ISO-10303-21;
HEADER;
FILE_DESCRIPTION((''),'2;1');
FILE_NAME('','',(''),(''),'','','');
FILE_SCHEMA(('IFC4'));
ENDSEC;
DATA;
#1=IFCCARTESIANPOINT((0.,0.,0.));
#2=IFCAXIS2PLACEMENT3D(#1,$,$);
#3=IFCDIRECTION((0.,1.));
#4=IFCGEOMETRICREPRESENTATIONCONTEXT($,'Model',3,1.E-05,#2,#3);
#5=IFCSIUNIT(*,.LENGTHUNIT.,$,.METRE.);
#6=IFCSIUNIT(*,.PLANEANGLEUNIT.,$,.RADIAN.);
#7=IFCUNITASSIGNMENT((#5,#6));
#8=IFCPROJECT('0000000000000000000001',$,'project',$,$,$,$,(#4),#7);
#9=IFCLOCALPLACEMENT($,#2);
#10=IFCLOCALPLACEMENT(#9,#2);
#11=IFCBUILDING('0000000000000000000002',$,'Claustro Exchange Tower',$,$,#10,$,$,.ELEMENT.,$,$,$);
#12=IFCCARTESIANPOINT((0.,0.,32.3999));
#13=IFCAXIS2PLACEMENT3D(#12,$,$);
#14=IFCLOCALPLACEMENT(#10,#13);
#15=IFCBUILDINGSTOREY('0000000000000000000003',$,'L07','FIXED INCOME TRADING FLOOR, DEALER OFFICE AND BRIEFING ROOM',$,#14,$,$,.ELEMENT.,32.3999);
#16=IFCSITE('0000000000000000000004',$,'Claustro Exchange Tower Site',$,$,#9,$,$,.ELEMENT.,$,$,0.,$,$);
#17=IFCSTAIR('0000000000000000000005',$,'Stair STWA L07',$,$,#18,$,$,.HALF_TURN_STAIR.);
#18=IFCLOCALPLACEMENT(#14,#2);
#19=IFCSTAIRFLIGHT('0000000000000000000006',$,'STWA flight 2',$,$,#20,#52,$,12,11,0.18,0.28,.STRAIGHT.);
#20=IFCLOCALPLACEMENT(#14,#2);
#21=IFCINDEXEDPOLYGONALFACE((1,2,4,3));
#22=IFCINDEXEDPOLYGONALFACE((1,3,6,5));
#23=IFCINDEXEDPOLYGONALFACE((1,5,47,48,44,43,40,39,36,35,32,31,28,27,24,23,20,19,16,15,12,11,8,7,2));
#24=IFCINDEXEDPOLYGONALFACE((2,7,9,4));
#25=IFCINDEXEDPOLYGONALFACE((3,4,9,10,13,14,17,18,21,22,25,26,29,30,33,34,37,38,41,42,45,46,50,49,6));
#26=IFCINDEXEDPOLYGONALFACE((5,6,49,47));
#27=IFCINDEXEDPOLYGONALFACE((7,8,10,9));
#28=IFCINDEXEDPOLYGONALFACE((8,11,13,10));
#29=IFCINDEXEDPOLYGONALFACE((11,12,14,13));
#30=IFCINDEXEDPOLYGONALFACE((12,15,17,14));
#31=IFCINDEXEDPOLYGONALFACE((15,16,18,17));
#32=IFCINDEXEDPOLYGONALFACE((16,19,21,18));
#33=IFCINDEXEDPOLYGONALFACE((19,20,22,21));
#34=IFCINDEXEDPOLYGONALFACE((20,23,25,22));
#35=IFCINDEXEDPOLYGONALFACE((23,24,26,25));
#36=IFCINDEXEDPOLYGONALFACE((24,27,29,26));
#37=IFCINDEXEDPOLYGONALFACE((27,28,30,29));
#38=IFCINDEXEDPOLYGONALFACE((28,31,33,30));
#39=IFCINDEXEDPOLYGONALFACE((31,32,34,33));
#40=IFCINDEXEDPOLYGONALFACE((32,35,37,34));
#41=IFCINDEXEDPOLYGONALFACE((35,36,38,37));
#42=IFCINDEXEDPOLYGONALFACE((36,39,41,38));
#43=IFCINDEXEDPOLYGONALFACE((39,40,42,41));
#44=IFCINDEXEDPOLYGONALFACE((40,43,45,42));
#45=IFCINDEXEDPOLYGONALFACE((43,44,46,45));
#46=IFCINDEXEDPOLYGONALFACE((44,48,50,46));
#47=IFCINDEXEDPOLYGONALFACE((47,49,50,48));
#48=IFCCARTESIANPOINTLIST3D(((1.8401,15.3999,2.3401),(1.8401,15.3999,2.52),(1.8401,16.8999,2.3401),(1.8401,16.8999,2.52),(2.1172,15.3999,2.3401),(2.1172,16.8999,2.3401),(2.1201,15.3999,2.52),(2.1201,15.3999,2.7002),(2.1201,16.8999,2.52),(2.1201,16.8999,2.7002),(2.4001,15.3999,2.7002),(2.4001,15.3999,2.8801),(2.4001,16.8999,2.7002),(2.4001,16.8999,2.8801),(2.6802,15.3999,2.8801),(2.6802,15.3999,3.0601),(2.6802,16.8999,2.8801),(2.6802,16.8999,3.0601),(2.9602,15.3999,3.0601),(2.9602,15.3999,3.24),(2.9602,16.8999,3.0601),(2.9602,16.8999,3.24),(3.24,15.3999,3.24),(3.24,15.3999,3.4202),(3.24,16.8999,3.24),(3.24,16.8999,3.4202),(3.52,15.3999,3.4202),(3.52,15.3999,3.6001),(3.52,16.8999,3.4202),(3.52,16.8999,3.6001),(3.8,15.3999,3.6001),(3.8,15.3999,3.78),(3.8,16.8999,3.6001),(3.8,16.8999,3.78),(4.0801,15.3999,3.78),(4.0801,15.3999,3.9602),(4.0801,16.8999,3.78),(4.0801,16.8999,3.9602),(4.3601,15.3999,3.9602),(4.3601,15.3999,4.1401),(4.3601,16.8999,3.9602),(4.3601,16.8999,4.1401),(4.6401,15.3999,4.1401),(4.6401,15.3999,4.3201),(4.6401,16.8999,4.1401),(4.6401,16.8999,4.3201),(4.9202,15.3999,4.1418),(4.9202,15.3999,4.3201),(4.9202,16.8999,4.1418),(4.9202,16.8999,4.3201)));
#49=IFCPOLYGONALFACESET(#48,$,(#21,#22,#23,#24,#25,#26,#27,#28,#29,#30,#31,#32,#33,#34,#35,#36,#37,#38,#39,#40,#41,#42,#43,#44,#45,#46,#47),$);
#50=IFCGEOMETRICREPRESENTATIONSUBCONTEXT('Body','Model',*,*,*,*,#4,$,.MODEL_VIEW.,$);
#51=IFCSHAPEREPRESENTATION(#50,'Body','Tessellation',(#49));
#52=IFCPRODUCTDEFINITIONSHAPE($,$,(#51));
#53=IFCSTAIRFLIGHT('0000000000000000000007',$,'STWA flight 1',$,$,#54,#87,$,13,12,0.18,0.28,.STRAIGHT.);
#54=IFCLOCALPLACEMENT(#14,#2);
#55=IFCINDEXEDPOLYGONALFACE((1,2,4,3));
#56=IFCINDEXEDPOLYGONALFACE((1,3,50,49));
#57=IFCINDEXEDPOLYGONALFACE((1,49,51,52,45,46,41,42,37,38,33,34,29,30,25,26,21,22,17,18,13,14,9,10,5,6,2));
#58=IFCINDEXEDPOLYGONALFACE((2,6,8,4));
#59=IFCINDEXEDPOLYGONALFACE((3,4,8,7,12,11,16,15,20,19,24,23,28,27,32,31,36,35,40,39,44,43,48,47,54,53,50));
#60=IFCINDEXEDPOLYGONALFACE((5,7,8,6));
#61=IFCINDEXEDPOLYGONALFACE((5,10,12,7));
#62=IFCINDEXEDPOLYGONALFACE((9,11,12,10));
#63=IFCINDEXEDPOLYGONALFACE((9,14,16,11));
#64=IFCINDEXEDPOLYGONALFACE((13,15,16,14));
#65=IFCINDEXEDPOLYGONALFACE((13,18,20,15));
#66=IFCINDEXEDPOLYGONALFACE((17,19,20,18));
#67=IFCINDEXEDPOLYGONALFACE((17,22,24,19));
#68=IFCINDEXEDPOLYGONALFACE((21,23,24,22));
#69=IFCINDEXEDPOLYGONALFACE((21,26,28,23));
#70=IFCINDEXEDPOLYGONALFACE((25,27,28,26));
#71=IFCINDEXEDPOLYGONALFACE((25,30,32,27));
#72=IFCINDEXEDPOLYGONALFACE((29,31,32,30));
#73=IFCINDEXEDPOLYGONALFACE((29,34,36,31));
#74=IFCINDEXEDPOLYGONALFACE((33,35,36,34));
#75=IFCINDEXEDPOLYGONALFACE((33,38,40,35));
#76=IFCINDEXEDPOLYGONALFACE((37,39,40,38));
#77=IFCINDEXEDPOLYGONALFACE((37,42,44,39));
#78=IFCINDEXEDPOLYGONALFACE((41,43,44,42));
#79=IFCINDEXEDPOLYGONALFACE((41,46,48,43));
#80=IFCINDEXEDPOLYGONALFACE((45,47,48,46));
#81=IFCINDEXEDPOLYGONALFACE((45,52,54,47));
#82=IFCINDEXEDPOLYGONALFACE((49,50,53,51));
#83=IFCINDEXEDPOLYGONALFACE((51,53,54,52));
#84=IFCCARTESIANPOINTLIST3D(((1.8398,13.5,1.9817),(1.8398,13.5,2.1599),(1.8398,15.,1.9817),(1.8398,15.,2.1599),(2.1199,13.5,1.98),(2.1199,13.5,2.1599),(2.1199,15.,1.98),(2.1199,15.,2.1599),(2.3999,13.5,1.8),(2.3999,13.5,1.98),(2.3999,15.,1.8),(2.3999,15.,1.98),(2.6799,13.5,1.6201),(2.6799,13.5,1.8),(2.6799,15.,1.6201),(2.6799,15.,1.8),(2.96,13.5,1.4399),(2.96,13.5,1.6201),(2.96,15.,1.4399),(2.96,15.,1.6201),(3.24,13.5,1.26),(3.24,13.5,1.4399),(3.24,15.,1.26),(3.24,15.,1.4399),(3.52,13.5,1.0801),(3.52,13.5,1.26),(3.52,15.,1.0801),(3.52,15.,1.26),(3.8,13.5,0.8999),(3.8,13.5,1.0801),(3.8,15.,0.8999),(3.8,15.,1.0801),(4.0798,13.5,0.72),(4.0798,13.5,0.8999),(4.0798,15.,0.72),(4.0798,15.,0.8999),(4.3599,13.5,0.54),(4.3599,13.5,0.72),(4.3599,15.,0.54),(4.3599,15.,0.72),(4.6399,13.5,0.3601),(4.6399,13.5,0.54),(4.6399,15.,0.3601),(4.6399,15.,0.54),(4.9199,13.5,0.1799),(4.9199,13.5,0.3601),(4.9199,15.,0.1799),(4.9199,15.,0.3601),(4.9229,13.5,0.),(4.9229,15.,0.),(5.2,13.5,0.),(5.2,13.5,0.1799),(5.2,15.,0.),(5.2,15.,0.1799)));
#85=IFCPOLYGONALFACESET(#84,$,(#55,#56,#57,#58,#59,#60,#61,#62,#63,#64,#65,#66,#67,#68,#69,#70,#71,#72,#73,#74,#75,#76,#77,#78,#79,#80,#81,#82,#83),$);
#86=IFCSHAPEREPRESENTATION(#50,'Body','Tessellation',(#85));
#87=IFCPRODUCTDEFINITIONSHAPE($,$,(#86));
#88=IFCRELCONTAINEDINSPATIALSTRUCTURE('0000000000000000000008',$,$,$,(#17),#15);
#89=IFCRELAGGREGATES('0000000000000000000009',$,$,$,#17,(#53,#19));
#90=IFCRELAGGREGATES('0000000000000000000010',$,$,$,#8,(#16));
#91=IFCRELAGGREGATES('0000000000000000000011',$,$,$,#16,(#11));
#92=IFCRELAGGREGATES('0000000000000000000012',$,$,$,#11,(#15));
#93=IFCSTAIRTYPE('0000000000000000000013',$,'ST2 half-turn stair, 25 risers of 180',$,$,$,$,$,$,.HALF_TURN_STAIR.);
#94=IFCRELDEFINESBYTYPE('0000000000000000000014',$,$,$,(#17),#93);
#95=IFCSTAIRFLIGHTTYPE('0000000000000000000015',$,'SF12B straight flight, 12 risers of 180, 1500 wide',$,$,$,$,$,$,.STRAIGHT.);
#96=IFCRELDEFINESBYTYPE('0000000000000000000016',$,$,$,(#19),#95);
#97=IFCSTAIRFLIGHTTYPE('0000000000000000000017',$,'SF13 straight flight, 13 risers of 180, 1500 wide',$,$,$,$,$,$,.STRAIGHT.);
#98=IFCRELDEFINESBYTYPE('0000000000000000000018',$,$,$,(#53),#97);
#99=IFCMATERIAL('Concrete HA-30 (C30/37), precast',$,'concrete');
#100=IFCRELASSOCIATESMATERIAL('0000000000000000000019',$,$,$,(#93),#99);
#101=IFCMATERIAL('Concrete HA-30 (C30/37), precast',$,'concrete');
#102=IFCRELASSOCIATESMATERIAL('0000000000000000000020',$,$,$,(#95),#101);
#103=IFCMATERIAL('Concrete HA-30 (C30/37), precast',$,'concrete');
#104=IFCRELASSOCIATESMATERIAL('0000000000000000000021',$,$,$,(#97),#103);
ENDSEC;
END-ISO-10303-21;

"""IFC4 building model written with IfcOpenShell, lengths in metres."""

from ifc_helpers import new_model, si_unit, direction, frame, origin, place, context, subcontext, project, spatial, polyline, outline, extrude, material, type_object, element, aggregate, save


model = new_model("IFC4")

# Units and contexts
model_context = context("Model", 3, precision=1e-05, world=origin(), true_north=direction((0.0, 1.0)))
body_context = subcontext(model_context, "Body", "Model", "MODEL_VIEW")
ifc_project = project(units=[si_unit("LENGTHUNIT", "METRE"), si_unit("PLANEANGLEUNIT", "RADIAN")], contexts=[model_context])

# Site, building, storey
site_placement = place(None, origin())
site = spatial("IfcSite", under=ifc_project, at=site_placement, Name="Claustro Exchange Tower Site", CompositionType="ELEMENT", RefElevation=0.0)
building_placement = place(site_placement, origin())
building = spatial("IfcBuilding", under=site, at=building_placement, Name="Claustro Exchange Tower", CompositionType="ELEMENT")
storey_placement = place(building_placement, frame((0.0, 0.0, 32.3999)))
storey = spatial("IfcBuildingStorey", under=building, at=storey_placement, Name="L07", Description="FIXED INCOME TRADING FLOOR, DEALER OFFICE AND BRIEFING ROOM", CompositionType="ELEMENT", Elevation=32.3999)

# Stair, stair flights
ifc_material_1 = material(Name="Concrete HA-30 (C30/37), precast", Category="concrete")
stair_type = type_object("IfcStairType", Name="ST2 half-turn stair, 25 risers of 180", PredefinedType="HALF_TURN_STAIR", material=ifc_material_1)
stair_placement = place(storey_placement, origin())
stair = element("IfcStair", 1, at=stair_placement, inside=storey, type_object=stair_type, Name="Stair STWA L07", PredefinedType="HALF_TURN_STAIR")
ifc_material_2 = material(Name="Concrete HA-30 (C30/37), precast", Category="concrete")
stair_flight_type_1 = type_object("IfcStairFlightType", Name="SF12B straight flight, 12 risers of 180, 1500 wide", PredefinedType="STRAIGHT", material=ifc_material_2)
stair_flight_1_placement = place(storey_placement, frame((1.8401, 16.1499, 2.3401), z_axis=(0.0, 0.0, 1.0), x_axis=(1.0, 0.0, 0.0)))
stair_flight_1 = element("IfcStairFlight", 2, at=stair_flight_1_placement, type_object=stair_flight_type_1, Name="STWA flight 2", NumberOfRisers=12, NumberOfTreads=11, PredefinedType="STRAIGHT", RiserHeight=0.18, TreadLength=0.28, context=body_context, shape_type="SweptSolid", body=[
    extrude(outline(polyline([(0.0, 0.0), (0.0, 0.1799), (0.28, 0.1799), (0.28, 0.3601), (0.5601, 0.3601), (0.5601, 0.54), (0.8401, 0.54), (0.8401, 0.72), (1.1201, 0.72), (1.1201, 0.8999), (1.3999, 0.8999), (1.3999, 1.0801), (1.6799, 1.0801), (1.6799, 1.26), (1.96, 1.26), (1.96, 1.4399), (2.24, 1.4399), (2.24, 1.6201), (2.52, 1.6201), (2.52, 1.8), (2.8, 1.8), (2.8, 1.98), (3.0801, 1.98), (3.0801, 2.1599), (3.0801, 1.8018), (0.2771, 0.0), (0.0, 0.0)])), frame((0.0, 0.75, 0.0), z_axis=(0.0, -1.0, 0.0), x_axis=(1.0, 0.0, 0.0)), (0.0, 0.0, 1.0), 1.5),
])
ifc_material_3 = material(Name="Concrete HA-30 (C30/37), precast", Category="concrete")
stair_flight_type_2 = type_object("IfcStairFlightType", Name="SF13 straight flight, 13 risers of 180, 1500 wide", PredefinedType="STRAIGHT", material=ifc_material_3)
stair_flight_2_placement = place(storey_placement, frame((5.2, 14.25, 0.0), z_axis=(0.0, 0.0, 1.0), x_axis=(-1.0, 0.0, 0.0)))
stair_flight_2 = element("IfcStairFlight", 3, at=stair_flight_2_placement, type_object=stair_flight_type_2, Name="STWA flight 1", NumberOfRisers=13, NumberOfTreads=12, PredefinedType="STRAIGHT", RiserHeight=0.18, TreadLength=0.28, context=body_context, shape_type="SweptSolid", body=[
    extrude(outline(polyline([(0.0, 0.0), (0.0, 0.1799), (0.28, 0.1799), (0.28, 0.3601), (0.5601, 0.3601), (0.5601, 0.54), (0.8401, 0.54), (0.8401, 0.72), (1.1201, 0.72), (1.1201, 0.8999), (1.3999, 0.8999), (1.3999, 1.0801), (1.6799, 1.0801), (1.6799, 1.26), (1.96, 1.26), (1.96, 1.4399), (2.24, 1.4399), (2.24, 1.6201), (2.52, 1.6201), (2.52, 1.8), (2.8, 1.8), (2.8, 1.98), (3.0801, 1.98), (3.0801, 2.1599), (3.3601, 2.1599), (3.3601, 2.3401), (3.3601, 1.9817), (0.2771, 0.0), (0.0, 0.0)])), frame((0.0, 0.75, 0.0), z_axis=(0.0, -1.0, 0.0), x_axis=(1.0, 0.0, 0.0)), (0.0, 0.0, 1.0), 1.5),
])
aggregate(stair, [stair_flight_2, stair_flight_1])

save(model, "model.ifc")
